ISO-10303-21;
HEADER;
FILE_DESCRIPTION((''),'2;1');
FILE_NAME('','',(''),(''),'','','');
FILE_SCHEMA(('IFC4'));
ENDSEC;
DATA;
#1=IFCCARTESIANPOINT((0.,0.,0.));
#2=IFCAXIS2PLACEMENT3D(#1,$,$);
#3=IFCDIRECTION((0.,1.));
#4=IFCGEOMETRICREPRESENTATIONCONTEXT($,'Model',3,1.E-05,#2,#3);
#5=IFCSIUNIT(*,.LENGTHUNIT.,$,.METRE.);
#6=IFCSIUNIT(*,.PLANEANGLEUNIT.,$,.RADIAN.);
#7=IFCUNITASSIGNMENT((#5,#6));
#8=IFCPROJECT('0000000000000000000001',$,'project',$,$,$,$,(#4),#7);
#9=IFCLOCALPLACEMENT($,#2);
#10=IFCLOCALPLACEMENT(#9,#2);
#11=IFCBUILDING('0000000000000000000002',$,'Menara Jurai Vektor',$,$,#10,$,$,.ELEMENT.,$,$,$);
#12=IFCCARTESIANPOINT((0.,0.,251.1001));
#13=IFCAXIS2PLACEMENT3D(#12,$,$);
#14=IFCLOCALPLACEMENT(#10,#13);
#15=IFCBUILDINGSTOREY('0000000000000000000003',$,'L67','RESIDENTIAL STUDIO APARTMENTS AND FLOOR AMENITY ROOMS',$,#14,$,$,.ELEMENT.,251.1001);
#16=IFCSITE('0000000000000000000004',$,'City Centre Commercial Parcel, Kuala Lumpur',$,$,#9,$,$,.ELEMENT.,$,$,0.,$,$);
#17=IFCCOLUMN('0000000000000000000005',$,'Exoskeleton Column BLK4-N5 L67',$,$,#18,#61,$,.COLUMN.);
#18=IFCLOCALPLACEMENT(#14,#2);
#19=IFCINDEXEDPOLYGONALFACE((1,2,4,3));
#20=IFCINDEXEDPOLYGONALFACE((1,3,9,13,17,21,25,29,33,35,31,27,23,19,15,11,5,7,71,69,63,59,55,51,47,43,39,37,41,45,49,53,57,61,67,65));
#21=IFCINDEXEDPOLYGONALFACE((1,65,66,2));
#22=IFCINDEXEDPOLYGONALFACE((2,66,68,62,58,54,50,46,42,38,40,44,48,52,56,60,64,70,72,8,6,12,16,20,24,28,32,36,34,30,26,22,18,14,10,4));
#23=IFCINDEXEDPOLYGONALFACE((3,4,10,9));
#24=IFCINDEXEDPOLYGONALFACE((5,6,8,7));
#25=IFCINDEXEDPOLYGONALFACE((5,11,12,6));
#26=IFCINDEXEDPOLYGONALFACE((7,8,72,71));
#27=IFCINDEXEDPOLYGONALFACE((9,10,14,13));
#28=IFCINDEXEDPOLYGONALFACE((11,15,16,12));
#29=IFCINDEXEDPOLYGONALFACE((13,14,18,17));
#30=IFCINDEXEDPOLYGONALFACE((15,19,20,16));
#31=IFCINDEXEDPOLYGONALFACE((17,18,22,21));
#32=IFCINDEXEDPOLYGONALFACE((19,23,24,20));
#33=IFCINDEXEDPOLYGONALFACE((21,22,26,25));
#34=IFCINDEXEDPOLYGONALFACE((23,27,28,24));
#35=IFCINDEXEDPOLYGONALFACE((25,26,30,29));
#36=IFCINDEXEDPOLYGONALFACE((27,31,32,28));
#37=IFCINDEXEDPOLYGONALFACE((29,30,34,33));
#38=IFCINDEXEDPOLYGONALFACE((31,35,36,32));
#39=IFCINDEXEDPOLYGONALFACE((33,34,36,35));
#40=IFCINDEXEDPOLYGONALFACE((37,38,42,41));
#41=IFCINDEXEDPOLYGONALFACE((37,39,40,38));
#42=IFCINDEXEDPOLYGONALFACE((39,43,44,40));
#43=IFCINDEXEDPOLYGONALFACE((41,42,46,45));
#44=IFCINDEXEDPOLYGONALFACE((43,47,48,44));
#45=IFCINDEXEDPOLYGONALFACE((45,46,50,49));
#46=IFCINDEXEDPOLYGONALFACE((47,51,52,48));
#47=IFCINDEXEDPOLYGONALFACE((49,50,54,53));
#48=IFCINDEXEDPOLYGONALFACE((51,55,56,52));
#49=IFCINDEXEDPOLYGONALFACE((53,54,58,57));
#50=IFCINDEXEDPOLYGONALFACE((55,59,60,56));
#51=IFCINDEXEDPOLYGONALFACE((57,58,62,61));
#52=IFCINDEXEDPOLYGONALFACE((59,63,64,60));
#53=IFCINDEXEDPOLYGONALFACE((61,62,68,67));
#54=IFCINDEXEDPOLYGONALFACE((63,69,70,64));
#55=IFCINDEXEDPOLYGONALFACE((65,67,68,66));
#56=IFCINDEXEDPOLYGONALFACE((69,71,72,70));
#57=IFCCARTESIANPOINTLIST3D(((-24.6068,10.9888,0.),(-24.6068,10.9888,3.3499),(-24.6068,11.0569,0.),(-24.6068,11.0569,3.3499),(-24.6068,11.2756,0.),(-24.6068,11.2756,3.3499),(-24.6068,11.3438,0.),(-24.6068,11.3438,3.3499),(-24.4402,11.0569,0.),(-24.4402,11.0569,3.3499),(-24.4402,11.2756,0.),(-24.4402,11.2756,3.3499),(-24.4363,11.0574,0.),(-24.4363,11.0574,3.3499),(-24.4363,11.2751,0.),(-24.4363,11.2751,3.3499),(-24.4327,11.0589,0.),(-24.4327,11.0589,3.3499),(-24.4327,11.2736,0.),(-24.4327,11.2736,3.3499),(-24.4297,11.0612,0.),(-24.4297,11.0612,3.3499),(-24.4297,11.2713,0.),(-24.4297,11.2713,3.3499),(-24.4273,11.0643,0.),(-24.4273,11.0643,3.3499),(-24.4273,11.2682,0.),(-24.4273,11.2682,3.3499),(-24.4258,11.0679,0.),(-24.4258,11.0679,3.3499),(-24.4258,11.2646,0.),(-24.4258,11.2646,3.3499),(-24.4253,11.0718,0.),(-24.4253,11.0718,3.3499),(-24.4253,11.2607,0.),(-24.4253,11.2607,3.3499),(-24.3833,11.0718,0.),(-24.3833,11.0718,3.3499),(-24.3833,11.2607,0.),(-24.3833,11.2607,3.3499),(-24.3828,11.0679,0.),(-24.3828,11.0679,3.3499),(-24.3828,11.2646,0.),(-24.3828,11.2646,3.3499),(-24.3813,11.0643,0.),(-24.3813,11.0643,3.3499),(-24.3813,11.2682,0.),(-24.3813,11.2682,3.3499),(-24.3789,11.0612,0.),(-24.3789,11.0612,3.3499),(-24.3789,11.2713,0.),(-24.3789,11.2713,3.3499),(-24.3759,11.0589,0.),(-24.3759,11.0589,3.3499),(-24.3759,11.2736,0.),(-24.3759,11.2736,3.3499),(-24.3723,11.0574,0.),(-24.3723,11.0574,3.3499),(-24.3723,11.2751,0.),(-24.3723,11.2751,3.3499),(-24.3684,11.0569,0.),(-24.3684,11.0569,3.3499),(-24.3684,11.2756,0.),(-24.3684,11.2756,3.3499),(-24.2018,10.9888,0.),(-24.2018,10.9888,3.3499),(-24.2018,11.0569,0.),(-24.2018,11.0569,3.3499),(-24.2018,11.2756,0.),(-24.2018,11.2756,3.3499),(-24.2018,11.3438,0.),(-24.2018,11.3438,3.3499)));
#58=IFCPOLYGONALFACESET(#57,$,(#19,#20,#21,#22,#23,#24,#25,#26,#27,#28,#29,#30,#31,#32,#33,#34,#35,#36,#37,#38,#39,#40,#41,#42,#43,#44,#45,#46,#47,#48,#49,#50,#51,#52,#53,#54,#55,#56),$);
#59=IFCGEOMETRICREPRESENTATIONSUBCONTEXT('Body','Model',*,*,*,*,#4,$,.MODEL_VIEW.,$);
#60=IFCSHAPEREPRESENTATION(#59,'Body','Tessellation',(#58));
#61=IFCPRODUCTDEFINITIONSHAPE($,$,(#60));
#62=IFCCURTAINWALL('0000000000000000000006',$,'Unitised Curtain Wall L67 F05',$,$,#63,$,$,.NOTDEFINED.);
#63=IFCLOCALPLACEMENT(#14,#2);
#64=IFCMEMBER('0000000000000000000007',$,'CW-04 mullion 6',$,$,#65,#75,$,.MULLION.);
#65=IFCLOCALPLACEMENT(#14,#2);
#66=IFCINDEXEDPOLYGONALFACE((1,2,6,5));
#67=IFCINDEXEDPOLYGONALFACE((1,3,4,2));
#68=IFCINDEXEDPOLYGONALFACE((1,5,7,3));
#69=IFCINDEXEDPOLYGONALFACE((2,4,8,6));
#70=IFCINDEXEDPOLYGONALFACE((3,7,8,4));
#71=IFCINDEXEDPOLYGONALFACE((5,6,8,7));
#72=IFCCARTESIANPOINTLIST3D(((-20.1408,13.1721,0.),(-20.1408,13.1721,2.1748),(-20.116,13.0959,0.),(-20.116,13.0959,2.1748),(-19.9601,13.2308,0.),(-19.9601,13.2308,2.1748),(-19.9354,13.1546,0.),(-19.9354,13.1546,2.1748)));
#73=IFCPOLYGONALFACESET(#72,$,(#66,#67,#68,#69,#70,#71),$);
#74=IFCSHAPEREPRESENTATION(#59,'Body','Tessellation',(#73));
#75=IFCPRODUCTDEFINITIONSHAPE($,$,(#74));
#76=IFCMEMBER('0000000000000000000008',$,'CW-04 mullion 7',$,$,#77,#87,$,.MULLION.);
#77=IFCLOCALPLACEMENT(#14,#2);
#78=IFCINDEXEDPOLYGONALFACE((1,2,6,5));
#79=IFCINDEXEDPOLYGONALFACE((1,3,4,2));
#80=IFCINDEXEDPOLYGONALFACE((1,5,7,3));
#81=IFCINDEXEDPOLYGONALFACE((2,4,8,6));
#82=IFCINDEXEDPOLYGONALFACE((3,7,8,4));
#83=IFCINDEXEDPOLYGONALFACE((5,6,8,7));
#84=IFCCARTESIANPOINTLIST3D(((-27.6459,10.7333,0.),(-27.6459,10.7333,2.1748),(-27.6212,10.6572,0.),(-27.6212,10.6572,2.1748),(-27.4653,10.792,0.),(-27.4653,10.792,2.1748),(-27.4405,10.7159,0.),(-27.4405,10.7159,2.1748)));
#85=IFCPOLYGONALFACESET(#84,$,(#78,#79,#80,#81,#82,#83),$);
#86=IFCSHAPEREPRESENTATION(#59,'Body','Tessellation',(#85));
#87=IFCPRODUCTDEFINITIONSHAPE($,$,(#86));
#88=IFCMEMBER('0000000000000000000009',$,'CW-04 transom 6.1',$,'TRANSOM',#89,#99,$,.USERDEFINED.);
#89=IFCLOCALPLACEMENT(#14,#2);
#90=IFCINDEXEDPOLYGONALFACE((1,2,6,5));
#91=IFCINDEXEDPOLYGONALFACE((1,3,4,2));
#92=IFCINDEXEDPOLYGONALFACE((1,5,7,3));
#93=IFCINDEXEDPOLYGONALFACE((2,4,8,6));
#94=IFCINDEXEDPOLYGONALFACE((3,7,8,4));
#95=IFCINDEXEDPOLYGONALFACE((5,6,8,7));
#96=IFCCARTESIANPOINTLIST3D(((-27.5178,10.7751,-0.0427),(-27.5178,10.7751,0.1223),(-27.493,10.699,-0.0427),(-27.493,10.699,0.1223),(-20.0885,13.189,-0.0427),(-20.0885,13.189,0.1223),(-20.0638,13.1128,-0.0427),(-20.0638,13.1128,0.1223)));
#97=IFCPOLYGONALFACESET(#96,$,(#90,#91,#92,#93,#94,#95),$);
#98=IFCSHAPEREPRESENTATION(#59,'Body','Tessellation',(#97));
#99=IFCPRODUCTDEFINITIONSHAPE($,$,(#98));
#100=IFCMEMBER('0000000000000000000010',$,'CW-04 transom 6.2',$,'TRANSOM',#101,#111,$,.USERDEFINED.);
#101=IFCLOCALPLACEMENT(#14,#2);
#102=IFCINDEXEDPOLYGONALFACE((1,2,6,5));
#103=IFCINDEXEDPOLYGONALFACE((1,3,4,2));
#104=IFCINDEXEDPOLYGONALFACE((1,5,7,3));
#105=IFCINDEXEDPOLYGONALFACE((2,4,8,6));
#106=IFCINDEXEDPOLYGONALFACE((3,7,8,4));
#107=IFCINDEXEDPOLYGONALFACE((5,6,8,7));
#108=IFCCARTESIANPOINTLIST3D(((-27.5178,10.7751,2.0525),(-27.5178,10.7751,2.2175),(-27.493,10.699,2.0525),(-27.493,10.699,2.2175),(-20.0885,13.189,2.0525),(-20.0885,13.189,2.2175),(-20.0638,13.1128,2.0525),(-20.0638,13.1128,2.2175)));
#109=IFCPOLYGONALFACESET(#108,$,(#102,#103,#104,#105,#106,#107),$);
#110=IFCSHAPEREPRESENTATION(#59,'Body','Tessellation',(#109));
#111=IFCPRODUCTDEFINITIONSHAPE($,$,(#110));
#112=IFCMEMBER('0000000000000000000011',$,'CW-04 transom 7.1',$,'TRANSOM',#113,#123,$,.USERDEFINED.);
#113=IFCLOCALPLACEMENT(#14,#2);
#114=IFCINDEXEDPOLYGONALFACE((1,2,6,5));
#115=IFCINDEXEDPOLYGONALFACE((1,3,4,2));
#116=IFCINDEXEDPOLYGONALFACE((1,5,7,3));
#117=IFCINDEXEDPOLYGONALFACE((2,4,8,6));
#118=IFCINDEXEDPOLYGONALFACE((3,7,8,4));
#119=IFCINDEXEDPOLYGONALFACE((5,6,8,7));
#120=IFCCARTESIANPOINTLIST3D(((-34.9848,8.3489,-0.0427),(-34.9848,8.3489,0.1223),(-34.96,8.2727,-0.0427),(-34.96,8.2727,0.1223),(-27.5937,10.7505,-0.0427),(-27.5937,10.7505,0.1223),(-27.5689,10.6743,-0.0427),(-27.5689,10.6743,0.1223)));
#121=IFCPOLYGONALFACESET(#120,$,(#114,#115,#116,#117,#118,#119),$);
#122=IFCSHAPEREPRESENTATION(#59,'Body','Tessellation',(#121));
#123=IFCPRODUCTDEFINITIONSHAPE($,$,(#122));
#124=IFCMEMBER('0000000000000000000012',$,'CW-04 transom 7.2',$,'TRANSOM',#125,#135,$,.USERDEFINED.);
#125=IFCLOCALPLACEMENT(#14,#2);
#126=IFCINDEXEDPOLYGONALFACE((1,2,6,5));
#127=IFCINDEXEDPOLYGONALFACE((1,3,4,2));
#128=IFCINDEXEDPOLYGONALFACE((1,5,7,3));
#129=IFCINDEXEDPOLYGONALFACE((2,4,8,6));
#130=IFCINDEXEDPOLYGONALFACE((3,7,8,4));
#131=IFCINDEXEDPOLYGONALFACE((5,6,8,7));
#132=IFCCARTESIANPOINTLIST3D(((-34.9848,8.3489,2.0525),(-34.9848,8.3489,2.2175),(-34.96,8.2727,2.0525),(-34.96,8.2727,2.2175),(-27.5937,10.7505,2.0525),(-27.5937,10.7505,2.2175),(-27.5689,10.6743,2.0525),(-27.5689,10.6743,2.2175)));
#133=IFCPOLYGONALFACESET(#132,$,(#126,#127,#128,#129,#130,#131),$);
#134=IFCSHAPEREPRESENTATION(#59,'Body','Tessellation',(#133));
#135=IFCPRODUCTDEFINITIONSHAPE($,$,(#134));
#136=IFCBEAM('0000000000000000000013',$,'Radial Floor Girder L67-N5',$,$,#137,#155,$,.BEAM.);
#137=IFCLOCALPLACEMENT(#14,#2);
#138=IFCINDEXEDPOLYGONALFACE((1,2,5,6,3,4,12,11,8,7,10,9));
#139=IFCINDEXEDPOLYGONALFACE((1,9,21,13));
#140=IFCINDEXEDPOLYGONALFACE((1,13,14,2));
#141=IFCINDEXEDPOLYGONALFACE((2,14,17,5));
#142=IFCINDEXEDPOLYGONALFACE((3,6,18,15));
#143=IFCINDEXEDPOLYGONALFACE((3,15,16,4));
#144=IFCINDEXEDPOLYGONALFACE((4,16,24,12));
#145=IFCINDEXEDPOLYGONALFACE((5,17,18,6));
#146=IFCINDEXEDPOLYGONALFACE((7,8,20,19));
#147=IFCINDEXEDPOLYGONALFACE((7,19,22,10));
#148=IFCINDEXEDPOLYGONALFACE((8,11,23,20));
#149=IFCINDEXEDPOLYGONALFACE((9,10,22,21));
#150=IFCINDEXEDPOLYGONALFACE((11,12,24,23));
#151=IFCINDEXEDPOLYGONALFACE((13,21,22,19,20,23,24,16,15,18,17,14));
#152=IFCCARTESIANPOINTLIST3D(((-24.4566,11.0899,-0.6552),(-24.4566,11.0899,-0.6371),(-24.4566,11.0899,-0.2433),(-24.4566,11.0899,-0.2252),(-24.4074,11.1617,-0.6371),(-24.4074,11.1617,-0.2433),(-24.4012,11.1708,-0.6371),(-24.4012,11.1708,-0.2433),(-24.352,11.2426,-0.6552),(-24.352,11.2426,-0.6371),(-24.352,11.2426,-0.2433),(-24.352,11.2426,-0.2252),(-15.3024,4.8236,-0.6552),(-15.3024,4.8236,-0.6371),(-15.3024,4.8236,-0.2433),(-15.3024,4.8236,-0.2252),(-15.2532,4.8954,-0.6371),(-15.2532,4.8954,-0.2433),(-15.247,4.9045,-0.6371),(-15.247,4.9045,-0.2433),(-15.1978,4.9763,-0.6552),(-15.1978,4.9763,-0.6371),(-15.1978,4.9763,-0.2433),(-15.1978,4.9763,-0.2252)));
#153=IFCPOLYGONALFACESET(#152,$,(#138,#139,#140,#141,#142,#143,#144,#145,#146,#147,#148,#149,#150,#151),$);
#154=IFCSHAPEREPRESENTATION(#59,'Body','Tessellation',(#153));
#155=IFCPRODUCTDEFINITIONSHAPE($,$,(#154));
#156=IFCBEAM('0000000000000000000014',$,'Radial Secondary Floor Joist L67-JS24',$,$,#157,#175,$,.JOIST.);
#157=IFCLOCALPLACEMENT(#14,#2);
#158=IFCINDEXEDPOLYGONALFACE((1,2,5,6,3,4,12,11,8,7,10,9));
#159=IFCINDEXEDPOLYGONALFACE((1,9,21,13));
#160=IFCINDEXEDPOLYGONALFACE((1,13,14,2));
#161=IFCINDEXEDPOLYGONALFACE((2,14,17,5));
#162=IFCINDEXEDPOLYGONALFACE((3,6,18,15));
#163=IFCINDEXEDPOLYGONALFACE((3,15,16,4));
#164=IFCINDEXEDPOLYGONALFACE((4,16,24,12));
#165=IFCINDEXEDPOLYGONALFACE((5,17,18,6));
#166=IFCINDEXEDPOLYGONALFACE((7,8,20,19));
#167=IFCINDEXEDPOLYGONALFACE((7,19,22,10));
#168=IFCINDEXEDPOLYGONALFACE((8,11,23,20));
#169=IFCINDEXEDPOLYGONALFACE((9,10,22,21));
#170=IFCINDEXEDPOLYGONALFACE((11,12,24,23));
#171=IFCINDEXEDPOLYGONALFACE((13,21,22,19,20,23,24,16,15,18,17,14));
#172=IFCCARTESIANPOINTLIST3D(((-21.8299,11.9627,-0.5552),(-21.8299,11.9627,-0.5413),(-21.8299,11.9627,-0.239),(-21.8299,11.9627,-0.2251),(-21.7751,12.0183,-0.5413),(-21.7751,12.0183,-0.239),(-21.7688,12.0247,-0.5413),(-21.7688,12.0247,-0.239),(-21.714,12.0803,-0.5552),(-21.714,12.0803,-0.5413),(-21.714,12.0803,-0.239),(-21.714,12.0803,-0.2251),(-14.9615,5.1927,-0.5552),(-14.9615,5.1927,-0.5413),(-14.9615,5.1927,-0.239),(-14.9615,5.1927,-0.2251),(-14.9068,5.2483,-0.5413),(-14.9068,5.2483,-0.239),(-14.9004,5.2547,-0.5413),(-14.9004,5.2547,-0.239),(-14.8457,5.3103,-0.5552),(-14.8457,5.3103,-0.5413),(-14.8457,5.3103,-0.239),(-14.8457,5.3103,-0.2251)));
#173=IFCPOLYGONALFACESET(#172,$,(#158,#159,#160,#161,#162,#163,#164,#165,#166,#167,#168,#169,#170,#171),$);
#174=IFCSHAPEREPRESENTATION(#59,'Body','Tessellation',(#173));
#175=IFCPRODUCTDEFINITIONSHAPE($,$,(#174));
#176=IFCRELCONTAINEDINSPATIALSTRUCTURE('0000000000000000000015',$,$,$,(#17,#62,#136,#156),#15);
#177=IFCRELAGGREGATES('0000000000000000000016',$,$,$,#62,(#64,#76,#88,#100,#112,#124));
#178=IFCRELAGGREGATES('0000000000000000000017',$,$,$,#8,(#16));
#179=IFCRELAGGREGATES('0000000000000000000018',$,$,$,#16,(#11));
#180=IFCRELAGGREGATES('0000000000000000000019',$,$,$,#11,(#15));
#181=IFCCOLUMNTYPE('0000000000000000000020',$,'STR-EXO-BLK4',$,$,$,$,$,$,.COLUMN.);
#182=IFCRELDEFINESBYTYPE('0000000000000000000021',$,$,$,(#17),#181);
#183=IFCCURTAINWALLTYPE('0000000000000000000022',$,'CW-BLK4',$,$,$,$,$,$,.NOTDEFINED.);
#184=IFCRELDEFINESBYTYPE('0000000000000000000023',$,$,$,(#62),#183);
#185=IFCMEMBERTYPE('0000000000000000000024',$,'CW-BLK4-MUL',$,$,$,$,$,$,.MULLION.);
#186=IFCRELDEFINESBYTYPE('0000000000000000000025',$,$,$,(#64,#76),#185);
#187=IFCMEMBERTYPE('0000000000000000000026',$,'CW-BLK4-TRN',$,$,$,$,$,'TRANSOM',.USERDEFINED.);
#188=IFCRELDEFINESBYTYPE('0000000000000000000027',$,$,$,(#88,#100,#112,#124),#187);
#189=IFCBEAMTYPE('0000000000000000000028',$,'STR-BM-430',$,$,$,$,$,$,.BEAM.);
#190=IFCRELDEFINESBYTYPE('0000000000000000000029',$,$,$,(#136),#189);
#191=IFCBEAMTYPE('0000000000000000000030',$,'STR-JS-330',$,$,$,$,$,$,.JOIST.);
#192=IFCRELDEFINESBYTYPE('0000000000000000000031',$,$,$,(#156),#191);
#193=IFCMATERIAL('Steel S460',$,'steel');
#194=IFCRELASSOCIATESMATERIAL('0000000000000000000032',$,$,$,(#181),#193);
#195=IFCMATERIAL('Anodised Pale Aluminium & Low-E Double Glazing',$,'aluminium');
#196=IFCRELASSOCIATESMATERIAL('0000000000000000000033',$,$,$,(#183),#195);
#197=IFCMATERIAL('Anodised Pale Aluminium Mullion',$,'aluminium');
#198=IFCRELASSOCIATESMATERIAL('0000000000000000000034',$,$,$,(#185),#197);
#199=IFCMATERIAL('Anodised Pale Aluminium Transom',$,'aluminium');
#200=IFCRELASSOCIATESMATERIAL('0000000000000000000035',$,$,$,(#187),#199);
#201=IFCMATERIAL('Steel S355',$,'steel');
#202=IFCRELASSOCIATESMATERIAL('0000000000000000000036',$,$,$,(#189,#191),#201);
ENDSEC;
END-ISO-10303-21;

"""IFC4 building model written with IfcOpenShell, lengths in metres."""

from ifc_helpers import new_model, si_unit, direction, frame, origin, origin_2d, place, context, subcontext, project, spatial, rectangle, i_section, extrude, material, material_profile, profile_set, type_object, element, aggregate, save


model = new_model("IFC4")

# Units and contexts
model_context = context("Model", 3, precision=1e-05, world=origin(), true_north=direction((0.0, 1.0)))
body_context = subcontext(model_context, "Body", "Model", "MODEL_VIEW")
ifc_project = project(units=[si_unit("LENGTHUNIT", "METRE"), si_unit("PLANEANGLEUNIT", "RADIAN")], contexts=[model_context])

# Site, building, storey
site_placement = place(None, origin())
site = spatial("IfcSite", under=ifc_project, at=site_placement, Name="City Centre Commercial Parcel, Kuala Lumpur", CompositionType="ELEMENT", RefElevation=0.0)
building_placement = place(site_placement, origin())
building = spatial("IfcBuilding", under=site, at=building_placement, Name="Menara Jurai Vektor", CompositionType="ELEMENT")
storey_placement = place(building_placement, frame((0.0, 0.0, 251.1001)))
storey = spatial("IfcBuildingStorey", under=building, at=storey_placement, Name="L67", Description="RESIDENTIAL STUDIO APARTMENTS AND FLOOR AMENITY ROOMS", CompositionType="ELEMENT", Elevation=251.1001)

# Column
ifc_material_1 = material(Name="Steel S460", Category="steel")
ifc_material_profile_1 = material_profile(ifc_material_1, i_section(OverallWidth=0.405, OverallDepth=0.355, WebThickness=0.042, FlangeThickness=0.0681, FilletRadius=0.0149, at=origin_2d()), Name="HD 400x551")
ifc_profile_set_1 = profile_set([ifc_material_profile_1], Name="Steel S460")
column_type = type_object("IfcColumnType", Name="STR-EXO-BLK4", PredefinedType="COLUMN", material=ifc_profile_set_1)
column_placement = place(storey_placement, frame((-24.4043, 11.1663, 0.0), z_axis=(0.0, 0.0, 1.0), x_axis=(1.0, 0.0, 0.0)))
element("IfcColumn", 1, at=column_placement, inside=storey, type_object=column_type, Name="Exoskeleton Column BLK4-N5 L67", PredefinedType="COLUMN", context=body_context, shape_type="SweptSolid", body=[
    extrude(i_section(OverallWidth=0.405, OverallDepth=0.355, WebThickness=0.042, FlangeThickness=0.0681, FilletRadius=0.0149, at=origin_2d()), origin(), (0.0, 0.0, 1.0), 3.3499),
])

# Curtain wall, members
ifc_material_2 = material(Name="Anodised Pale Aluminium & Low-E Double Glazing", Category="aluminium")
curtain_wall_type = type_object("IfcCurtainWallType", Name="CW-BLK4", PredefinedType="NOTDEFINED", material=ifc_material_2)
curtain_wall_placement = place(storey_placement, origin())
curtain_wall = element("IfcCurtainWall", 2, at=curtain_wall_placement, inside=storey, type_object=curtain_wall_type, Name="Unitised Curtain Wall L67 F05", PredefinedType="NOTDEFINED")
ifc_material_3 = material(Name="Anodised Pale Aluminium Mullion", Category="aluminium")
ifc_material_profile_2 = material_profile(ifc_material_3, rectangle(XDim=0.0801, YDim=0.1899, at=origin_2d()), Name="ALU MUL 80x190")
ifc_profile_set_2 = profile_set([ifc_material_profile_2], Name="Anodised Pale Aluminium Mullion")
member_type_1 = type_object("IfcMemberType", Name="CW-BLK4-MUL", PredefinedType="MULLION", material=ifc_profile_set_2)
member_1_placement = place(storey_placement, frame((-20.0381, 13.1633, 0.0), z_axis=(0.0, 0.0, 1.0), x_axis=(0.309017, -0.951056, 0.0)))
member_1 = element("IfcMember", 3, at=member_1_placement, type_object=member_type_1, Name="CW-04 mullion 6", PredefinedType="MULLION", context=body_context, shape_type="SweptSolid", body=[
    extrude(rectangle(XDim=0.0801, YDim=0.1899, at=origin_2d()), origin(), (0.0, 0.0, 1.0), 2.1748),
])
member_2_placement = place(storey_placement, frame((-27.5432, 10.7246, 0.0), z_axis=(0.0, 0.0, 1.0), x_axis=(0.309017, -0.951056, 0.0)))
member_2 = element("IfcMember", 4, at=member_2_placement, type_object=member_type_1, Name="CW-04 mullion 7", PredefinedType="MULLION", context=body_context, shape_type="SweptSolid", body=[
    extrude(rectangle(XDim=0.0801, YDim=0.1899, at=origin_2d()), origin(), (0.0, 0.0, 1.0), 2.1748),
])
ifc_material_4 = material(Name="Anodised Pale Aluminium Transom", Category="aluminium")
ifc_material_profile_3 = material_profile(ifc_material_4, rectangle(XDim=0.0801, YDim=0.165, at=origin_2d()), Name="ALU TRN 80x165")
ifc_profile_set_3 = profile_set([ifc_material_profile_3], Name="Anodised Pale Aluminium Transom")
member_type_2 = type_object("IfcMemberType", Name="CW-BLK4-TRN", ElementType="TRANSOM", PredefinedType="USERDEFINED", material=ifc_profile_set_3)
member_3_placement = place(storey_placement, frame((-20.0762, 13.1509, 0.0398), z_axis=(-0.951059, -0.309008, 0.0), x_axis=(0.309008, -0.951059, 0.0)))
member_3 = element("IfcMember", 5, at=member_3_placement, type_object=member_type_2, Name="CW-04 transom 6.1", ObjectType="TRANSOM", PredefinedType="USERDEFINED", context=body_context, shape_type="SweptSolid", body=[
    extrude(rectangle(XDim=0.0801, YDim=0.165, at=origin_2d()), origin(), (0.0, 0.0, 1.0), 7.8115),
])
member_4_placement = place(storey_placement, frame((-20.0762, 13.1509, 2.135), z_axis=(-0.951059, -0.309008, 0.0), x_axis=(0.309008, -0.951059, 0.0)))
member_4 = element("IfcMember", 6, at=member_4_placement, type_object=member_type_2, Name="CW-04 transom 6.2", ObjectType="TRANSOM", PredefinedType="USERDEFINED", context=body_context, shape_type="SweptSolid", body=[
    extrude(rectangle(XDim=0.0801, YDim=0.165, at=origin_2d()), origin(), (0.0, 0.0, 1.0), 7.8115),
])
member_5_placement = place(storey_placement, frame((-27.5813, 10.7124, 0.0398), z_axis=(-0.951053, -0.309028, 0.0), x_axis=(0.309028, -0.951053, 0.0)))
member_5 = element("IfcMember", 7, at=member_5_placement, type_object=member_type_2, Name="CW-04 transom 7.1", ObjectType="TRANSOM", PredefinedType="USERDEFINED", context=body_context, shape_type="SweptSolid", body=[
    extrude(rectangle(XDim=0.0801, YDim=0.165, at=origin_2d()), origin(), (0.0, 0.0, 1.0), 7.7715),
])
member_6_placement = place(storey_placement, frame((-27.5813, 10.7124, 2.135), z_axis=(-0.951053, -0.309028, 0.0), x_axis=(0.309028, -0.951053, 0.0)))
member_6 = element("IfcMember", 8, at=member_6_placement, type_object=member_type_2, Name="CW-04 transom 7.2", ObjectType="TRANSOM", PredefinedType="USERDEFINED", context=body_context, shape_type="SweptSolid", body=[
    extrude(rectangle(XDim=0.0801, YDim=0.165, at=origin_2d()), origin(), (0.0, 0.0, 1.0), 7.7715),
])

# Beams
ifc_material_5 = material(Name="Steel S355", Category="steel")
ifc_material_profile_4 = material_profile(ifc_material_5, i_section(OverallWidth=0.1851, OverallDepth=0.4299, WebThickness=0.011, FlangeThickness=0.0181, at=origin_2d()), Name="PG 430x185x76")
ifc_profile_set_4 = profile_set([ifc_material_profile_4], Name="Steel S355")
beam_type_1 = type_object("IfcBeamType", Name="STR-BM-430", PredefinedType="BEAM", material=ifc_profile_set_4)
beam_1_placement = place(storey_placement, frame((-24.4043, 11.1663, -0.4402), z_axis=(0.825186, -0.564861, 0.0), x_axis=(0.564861, 0.825186, 0.0)))
element("IfcBeam", 9, at=beam_1_placement, inside=storey, type_object=beam_type_1, Name="Radial Floor Girder L67-N5", PredefinedType="BEAM", context=body_context, shape_type="SweptSolid", body=[
    extrude(i_section(OverallWidth=0.1851, OverallDepth=0.4299, WebThickness=0.011, FlangeThickness=0.0181, at=origin_2d()), origin(), (0.0, 0.0, 1.0), 11.0935),
])
ifc_material_profile_5 = material_profile(ifc_material_5, i_section(OverallWidth=0.165, OverallDepth=0.3301, WebThickness=0.009, FlangeThickness=0.0139, at=origin_2d()), Name="PG 330x165x46")
ifc_profile_set_5 = profile_set([ifc_material_profile_5], Name="Steel S355")
beam_type_2 = type_object("IfcBeamType", Name="STR-JS-330", PredefinedType="JOIST", material=ifc_profile_set_5)
beam_2_placement = place(storey_placement, frame((-21.772, 12.0215, -0.3901), z_axis=(0.712189, -0.701987, 0.0), x_axis=(0.701987, 0.712189, 0.0)))
element("IfcBeam", 10, at=beam_2_placement, inside=storey, type_object=beam_type_2, Name="Radial Secondary Floor Joist L67-JS24", PredefinedType="JOIST", context=body_context, shape_type="SweptSolid", body=[
    extrude(i_section(OverallWidth=0.165, OverallDepth=0.3301, WebThickness=0.009, FlangeThickness=0.0139, at=origin_2d()), origin(), (0.0, 0.0, 1.0), 9.644),
])

aggregate(curtain_wall, [member_1, member_2, member_3, member_4, member_5, member_6])

save(model, "model.ifc")
